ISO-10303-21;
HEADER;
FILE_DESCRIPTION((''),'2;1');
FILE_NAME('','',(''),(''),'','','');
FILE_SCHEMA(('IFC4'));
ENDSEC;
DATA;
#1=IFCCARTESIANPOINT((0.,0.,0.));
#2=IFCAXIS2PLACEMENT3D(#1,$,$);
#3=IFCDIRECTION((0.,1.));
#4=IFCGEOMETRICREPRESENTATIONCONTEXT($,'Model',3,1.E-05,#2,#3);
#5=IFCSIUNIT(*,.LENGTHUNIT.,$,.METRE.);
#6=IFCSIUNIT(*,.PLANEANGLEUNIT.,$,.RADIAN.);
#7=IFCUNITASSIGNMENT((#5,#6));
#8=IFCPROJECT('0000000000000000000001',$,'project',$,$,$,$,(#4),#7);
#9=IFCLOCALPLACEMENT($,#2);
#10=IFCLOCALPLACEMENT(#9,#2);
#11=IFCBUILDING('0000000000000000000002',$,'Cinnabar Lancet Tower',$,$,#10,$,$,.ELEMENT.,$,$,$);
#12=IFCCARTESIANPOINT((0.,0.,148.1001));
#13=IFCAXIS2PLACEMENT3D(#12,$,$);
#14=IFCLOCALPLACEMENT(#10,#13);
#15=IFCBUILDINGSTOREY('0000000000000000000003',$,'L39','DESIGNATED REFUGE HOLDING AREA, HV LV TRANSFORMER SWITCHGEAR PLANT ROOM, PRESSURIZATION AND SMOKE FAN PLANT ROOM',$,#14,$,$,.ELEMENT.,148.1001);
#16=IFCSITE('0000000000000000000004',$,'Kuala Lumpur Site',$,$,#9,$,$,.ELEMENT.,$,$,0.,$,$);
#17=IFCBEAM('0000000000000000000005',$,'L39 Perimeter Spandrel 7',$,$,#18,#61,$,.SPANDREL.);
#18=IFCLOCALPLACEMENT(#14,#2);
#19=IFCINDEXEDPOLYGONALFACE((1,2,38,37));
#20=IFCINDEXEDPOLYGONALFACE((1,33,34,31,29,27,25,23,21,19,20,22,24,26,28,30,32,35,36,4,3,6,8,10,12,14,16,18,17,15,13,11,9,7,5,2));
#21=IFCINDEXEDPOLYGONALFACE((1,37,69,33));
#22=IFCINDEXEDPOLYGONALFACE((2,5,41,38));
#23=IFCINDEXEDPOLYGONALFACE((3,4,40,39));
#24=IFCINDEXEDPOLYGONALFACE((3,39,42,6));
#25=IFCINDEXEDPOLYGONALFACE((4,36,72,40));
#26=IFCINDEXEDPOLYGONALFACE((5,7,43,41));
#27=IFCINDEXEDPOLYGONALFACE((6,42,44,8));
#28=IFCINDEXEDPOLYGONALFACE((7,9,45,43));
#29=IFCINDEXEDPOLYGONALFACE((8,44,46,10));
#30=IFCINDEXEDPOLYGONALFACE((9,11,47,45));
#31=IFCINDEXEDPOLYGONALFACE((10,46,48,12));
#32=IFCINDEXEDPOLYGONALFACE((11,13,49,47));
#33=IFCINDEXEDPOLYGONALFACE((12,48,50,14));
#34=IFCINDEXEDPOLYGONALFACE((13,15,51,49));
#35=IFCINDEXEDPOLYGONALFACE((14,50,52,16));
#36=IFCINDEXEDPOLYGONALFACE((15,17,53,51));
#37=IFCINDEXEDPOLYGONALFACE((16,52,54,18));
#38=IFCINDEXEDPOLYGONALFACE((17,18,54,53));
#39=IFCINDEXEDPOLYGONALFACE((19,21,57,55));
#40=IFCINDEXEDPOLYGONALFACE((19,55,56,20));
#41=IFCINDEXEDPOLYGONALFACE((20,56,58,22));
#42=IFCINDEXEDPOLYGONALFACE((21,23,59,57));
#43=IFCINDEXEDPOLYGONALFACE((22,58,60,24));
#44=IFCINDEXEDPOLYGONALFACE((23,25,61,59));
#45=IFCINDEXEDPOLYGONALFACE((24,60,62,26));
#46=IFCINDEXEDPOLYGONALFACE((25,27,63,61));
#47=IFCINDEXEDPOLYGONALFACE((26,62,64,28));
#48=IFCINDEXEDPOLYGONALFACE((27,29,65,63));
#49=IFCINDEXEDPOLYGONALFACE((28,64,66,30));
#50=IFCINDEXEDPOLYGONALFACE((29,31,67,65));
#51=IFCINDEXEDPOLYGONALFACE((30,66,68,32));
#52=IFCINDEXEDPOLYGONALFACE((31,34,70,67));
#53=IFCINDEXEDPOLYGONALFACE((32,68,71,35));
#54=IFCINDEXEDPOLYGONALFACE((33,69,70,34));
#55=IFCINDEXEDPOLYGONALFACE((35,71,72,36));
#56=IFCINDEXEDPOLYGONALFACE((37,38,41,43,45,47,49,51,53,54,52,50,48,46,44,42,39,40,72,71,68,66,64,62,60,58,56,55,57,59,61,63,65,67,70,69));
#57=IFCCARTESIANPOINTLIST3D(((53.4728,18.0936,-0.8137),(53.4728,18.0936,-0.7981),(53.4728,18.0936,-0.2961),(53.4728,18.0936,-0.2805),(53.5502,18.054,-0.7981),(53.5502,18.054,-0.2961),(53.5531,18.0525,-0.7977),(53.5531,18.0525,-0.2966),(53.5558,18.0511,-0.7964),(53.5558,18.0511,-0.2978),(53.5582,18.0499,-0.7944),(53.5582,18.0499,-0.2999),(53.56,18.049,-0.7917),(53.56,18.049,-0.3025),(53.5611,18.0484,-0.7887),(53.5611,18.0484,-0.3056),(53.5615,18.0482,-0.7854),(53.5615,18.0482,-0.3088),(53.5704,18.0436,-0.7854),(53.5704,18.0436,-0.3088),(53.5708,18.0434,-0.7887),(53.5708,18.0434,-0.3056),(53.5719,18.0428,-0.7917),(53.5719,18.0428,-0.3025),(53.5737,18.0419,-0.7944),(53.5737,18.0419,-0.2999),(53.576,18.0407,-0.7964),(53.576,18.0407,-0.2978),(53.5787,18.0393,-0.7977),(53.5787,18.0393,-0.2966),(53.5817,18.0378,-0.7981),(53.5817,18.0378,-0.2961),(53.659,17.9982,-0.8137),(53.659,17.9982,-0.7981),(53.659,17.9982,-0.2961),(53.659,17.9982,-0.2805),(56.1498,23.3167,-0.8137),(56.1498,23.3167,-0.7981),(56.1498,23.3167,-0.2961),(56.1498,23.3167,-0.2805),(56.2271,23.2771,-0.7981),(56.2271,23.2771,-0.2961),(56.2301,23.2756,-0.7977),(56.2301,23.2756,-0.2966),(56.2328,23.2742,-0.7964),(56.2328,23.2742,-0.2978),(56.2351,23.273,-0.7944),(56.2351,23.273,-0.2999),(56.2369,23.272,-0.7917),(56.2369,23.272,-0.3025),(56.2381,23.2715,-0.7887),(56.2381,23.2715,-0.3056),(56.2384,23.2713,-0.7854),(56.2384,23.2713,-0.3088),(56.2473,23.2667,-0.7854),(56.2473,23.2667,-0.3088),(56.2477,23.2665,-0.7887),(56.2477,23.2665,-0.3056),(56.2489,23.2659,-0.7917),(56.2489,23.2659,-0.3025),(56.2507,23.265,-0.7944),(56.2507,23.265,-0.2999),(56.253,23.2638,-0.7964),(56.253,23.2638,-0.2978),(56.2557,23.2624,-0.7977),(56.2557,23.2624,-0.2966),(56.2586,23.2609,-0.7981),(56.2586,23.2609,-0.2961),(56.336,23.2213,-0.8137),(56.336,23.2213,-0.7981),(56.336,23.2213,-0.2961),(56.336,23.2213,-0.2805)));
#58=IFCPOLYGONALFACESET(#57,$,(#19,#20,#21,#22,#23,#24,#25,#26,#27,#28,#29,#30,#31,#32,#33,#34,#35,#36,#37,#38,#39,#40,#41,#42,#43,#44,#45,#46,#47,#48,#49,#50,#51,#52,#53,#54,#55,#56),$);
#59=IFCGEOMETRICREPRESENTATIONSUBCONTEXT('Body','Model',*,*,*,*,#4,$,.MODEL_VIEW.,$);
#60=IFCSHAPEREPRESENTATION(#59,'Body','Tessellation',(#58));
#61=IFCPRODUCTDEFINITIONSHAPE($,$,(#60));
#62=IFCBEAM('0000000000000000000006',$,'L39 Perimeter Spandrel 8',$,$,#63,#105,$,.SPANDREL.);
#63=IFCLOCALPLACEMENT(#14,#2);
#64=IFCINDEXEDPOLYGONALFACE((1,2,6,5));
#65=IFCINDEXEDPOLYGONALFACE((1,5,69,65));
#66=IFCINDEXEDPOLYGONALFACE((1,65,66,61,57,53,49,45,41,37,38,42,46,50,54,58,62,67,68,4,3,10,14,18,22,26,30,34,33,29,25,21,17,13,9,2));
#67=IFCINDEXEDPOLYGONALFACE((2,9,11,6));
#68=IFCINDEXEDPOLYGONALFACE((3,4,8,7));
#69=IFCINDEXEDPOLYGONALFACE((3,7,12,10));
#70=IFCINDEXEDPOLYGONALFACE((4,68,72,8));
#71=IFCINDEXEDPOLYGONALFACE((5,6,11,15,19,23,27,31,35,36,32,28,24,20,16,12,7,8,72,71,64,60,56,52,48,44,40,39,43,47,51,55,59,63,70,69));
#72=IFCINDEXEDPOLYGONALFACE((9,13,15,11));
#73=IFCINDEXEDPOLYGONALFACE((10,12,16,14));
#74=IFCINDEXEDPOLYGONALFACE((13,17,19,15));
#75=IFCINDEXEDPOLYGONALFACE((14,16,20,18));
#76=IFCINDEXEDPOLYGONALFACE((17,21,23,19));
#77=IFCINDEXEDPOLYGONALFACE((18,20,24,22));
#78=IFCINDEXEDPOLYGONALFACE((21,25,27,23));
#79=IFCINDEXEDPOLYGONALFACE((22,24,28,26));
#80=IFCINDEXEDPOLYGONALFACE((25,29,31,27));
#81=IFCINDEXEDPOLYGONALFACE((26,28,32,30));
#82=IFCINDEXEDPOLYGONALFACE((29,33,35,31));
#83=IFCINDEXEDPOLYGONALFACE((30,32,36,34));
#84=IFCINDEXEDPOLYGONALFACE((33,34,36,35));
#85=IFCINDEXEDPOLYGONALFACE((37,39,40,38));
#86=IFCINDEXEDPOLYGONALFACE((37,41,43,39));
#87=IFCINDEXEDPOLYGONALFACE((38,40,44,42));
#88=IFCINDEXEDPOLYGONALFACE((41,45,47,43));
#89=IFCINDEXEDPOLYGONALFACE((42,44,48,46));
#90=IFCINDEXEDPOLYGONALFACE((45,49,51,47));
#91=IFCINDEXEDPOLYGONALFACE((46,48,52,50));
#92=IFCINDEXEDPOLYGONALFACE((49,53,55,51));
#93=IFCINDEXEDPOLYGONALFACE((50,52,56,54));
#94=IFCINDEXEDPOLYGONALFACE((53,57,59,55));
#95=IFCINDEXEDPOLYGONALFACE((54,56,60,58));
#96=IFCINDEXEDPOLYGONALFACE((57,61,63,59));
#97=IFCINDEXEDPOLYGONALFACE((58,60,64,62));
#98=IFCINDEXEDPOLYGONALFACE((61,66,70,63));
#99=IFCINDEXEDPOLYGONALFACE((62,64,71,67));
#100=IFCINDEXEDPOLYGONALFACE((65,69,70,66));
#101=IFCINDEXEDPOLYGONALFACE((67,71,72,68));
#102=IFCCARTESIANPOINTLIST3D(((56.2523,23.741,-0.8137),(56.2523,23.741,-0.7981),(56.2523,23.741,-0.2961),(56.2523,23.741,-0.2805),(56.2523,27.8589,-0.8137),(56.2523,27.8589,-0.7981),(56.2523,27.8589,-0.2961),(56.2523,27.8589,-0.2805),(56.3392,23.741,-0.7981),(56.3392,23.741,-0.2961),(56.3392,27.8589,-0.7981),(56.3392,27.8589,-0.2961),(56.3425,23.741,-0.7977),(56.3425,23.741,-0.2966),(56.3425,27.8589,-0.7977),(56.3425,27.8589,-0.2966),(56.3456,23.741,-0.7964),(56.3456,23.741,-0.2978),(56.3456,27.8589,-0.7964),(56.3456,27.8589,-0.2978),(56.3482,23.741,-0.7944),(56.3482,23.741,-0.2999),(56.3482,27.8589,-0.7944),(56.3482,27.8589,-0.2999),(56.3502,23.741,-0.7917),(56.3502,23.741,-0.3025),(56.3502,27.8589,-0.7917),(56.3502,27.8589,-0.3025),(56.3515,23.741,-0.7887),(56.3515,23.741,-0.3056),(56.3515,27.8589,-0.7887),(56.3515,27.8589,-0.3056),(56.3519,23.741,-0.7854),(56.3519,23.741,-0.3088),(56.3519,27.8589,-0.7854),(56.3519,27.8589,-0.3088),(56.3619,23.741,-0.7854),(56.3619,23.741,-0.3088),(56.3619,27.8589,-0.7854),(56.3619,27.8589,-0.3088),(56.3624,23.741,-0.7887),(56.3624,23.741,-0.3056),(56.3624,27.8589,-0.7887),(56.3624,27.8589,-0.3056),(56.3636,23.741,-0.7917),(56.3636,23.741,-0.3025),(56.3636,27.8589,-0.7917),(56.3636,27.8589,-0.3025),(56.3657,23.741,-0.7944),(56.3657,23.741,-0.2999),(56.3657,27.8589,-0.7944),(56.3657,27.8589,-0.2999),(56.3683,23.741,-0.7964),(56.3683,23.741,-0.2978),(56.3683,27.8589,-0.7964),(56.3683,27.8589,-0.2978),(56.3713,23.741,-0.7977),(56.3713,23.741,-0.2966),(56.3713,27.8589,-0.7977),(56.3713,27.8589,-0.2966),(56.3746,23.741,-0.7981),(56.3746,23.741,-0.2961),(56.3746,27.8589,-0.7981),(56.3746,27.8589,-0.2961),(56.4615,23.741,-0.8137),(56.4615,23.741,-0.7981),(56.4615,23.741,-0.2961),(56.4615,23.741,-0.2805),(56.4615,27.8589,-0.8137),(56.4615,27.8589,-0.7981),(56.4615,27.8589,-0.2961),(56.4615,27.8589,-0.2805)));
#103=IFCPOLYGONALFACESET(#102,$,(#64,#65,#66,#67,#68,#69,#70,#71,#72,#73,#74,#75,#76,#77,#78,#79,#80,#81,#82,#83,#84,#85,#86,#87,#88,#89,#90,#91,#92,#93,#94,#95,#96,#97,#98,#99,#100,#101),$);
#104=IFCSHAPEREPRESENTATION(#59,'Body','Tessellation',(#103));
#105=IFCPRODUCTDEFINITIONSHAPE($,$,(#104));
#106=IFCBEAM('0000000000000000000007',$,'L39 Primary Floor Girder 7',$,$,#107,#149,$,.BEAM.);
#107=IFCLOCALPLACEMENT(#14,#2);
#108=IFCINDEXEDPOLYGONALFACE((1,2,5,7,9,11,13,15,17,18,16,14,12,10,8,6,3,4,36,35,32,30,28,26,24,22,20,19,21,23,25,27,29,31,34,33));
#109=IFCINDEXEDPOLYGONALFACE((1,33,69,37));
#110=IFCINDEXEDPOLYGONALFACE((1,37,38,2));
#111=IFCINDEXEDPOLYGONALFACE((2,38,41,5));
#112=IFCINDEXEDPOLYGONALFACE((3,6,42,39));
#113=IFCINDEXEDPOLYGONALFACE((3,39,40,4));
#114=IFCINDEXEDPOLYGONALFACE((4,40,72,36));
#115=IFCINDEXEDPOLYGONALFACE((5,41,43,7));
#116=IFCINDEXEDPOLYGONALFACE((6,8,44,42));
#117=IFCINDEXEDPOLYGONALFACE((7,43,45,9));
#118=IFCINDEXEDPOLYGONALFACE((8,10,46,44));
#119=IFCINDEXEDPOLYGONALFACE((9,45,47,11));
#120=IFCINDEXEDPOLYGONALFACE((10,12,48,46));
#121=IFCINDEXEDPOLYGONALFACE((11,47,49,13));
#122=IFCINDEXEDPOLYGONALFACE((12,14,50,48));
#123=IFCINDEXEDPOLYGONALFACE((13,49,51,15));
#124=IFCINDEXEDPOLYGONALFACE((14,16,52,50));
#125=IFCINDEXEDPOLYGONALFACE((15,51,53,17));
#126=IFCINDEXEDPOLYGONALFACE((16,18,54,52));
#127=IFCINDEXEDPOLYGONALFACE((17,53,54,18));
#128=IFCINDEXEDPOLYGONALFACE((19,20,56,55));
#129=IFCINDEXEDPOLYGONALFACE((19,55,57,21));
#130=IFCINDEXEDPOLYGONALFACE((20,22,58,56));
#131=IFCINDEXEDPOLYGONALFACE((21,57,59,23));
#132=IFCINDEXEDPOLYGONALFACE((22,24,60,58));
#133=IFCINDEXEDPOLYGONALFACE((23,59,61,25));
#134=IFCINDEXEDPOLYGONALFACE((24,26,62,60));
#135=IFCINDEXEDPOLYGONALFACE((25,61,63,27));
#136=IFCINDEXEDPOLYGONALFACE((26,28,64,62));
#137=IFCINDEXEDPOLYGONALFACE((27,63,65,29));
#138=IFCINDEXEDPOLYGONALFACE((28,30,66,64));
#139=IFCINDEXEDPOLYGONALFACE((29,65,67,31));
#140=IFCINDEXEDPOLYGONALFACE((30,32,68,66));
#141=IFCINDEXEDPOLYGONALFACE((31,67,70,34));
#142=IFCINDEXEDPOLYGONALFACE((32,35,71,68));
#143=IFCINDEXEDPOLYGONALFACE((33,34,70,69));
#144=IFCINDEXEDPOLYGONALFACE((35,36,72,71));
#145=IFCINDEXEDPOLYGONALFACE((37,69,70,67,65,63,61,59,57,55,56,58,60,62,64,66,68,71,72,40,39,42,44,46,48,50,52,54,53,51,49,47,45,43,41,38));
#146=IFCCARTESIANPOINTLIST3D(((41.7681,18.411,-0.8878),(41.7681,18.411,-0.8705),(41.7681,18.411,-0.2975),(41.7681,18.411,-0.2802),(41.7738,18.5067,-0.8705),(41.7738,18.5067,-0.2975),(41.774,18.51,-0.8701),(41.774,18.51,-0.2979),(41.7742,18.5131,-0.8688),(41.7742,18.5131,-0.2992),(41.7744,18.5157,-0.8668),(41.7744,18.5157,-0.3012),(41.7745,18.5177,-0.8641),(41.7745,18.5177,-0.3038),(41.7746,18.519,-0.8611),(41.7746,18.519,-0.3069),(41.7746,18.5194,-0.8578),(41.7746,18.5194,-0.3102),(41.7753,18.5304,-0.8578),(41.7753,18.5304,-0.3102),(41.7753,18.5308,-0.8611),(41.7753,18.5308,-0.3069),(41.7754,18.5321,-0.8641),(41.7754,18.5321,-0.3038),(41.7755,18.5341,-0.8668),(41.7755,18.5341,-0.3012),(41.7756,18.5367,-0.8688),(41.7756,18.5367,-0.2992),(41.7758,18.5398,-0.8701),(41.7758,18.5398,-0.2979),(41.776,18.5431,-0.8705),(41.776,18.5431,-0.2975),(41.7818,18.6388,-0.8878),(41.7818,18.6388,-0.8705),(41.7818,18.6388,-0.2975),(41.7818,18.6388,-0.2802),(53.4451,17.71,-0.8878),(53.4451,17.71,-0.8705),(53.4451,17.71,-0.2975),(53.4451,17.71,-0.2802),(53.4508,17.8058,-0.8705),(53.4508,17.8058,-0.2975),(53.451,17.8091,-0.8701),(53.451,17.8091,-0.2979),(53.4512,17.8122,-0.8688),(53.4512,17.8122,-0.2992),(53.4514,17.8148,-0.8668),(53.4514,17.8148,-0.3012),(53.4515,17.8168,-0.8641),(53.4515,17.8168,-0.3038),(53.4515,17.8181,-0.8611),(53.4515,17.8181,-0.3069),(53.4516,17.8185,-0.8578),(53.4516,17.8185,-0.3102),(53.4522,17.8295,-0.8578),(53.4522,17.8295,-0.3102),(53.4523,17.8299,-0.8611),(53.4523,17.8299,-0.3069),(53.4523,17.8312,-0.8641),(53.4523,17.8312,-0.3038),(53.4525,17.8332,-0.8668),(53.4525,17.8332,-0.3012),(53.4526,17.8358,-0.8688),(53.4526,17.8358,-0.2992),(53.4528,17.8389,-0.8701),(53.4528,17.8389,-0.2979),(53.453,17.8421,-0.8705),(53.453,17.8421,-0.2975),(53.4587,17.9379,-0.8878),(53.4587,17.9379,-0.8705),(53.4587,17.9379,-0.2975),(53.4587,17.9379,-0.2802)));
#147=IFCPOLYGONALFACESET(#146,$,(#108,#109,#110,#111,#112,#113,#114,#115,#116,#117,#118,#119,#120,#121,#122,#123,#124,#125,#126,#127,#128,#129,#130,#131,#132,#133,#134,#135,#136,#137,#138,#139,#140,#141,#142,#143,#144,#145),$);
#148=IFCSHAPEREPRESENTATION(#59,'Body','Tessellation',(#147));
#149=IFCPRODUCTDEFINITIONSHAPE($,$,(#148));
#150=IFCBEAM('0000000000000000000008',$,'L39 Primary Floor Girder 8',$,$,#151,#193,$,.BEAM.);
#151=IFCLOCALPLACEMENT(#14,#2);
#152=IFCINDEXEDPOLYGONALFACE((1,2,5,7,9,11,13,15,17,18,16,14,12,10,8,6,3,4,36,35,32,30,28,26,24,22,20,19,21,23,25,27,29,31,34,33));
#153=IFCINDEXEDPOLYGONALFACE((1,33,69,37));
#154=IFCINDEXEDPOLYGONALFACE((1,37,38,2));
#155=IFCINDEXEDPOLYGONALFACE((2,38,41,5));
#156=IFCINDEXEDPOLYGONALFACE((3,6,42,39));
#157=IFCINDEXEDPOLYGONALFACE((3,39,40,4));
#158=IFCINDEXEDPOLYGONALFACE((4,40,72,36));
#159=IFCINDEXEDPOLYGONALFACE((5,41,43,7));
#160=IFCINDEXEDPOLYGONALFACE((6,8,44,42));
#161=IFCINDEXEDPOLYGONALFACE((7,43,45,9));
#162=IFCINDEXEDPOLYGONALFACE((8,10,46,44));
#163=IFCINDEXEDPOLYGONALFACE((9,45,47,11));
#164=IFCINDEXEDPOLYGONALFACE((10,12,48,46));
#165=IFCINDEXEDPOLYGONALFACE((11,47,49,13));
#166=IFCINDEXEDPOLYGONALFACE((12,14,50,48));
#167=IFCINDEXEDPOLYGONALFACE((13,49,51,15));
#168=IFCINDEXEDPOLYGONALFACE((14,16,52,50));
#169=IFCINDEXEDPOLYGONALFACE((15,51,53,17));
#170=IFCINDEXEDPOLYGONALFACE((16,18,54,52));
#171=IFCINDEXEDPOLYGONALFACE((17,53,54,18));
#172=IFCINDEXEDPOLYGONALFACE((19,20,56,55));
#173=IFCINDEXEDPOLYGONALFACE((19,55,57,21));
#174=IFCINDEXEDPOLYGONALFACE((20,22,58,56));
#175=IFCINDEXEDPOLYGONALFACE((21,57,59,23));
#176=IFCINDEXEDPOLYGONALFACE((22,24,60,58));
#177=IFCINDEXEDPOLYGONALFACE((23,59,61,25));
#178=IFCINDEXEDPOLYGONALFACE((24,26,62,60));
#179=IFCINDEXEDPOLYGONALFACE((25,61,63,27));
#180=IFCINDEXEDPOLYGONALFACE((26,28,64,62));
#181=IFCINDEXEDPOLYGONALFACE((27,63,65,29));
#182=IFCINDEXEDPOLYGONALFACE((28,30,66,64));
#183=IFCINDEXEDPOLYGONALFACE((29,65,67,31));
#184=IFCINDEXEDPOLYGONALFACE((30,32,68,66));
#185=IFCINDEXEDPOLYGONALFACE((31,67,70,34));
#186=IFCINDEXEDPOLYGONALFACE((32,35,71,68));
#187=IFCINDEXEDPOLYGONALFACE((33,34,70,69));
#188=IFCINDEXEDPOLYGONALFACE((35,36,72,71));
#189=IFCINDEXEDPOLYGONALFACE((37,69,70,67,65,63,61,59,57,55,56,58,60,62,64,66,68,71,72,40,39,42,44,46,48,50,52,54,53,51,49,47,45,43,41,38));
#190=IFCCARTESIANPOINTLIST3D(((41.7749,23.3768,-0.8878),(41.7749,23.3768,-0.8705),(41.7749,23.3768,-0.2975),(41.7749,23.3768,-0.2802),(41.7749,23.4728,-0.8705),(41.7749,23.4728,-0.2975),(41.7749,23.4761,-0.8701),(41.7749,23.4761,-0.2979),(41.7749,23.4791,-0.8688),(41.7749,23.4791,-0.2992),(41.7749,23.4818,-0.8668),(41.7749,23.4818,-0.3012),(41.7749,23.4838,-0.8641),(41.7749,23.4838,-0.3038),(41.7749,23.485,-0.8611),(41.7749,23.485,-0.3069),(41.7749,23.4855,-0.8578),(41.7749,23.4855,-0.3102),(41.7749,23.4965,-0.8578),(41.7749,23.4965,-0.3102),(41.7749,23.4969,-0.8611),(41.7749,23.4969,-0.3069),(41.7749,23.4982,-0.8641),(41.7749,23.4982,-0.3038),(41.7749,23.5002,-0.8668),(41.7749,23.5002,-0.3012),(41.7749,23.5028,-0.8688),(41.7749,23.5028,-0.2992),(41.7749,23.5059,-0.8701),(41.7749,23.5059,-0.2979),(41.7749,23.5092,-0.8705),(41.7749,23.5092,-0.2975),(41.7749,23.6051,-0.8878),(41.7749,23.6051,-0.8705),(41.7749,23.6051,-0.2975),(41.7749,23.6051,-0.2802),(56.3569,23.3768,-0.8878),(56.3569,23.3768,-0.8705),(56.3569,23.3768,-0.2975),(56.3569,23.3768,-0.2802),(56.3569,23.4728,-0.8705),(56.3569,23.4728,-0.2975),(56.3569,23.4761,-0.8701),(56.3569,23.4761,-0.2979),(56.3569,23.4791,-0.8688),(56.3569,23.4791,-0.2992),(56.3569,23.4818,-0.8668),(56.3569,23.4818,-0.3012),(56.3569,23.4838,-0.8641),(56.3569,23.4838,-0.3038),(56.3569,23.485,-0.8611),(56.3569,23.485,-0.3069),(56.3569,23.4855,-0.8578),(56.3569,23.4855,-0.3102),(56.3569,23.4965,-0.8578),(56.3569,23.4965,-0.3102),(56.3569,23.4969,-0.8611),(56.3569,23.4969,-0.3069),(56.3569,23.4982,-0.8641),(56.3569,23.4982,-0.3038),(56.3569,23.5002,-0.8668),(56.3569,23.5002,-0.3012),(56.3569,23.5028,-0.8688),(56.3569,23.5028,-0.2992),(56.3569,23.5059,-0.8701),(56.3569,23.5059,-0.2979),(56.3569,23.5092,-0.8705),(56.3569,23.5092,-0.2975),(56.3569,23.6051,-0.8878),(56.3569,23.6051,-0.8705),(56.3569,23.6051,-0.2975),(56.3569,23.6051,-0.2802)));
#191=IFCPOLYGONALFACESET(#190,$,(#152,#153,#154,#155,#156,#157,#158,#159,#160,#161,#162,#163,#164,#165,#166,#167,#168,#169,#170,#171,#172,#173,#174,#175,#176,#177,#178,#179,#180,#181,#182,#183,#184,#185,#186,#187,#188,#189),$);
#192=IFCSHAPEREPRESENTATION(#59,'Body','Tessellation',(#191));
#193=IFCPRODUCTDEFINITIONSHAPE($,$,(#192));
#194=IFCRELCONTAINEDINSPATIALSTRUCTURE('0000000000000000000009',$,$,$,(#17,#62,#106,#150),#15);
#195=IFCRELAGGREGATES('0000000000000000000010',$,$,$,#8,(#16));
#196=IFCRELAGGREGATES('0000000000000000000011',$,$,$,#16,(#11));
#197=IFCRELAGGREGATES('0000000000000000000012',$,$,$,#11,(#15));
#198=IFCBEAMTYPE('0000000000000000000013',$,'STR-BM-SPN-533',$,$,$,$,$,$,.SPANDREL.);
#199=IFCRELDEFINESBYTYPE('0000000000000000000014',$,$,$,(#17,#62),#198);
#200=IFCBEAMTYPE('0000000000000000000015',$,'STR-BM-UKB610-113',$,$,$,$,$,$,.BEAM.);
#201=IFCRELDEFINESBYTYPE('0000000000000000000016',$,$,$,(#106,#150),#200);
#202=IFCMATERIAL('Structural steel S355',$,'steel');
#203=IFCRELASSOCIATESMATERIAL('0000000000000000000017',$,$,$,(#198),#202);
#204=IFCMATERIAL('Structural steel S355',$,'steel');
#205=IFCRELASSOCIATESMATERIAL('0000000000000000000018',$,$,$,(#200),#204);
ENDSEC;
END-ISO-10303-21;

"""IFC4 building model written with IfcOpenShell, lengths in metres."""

from ifc_helpers import new_model, si_unit, direction, frame, origin, origin_2d, place, context, subcontext, project, spatial, i_section, extrude, material, material_profile, profile_set, type_object, element, save


model = new_model("IFC4")

# Units and contexts
model_context = context("Model", 3, precision=1e-05, world=origin(), true_north=direction((0.0, 1.0)))
body_context = subcontext(model_context, "Body", "Model", "MODEL_VIEW")
ifc_project = project(units=[si_unit("LENGTHUNIT", "METRE"), si_unit("PLANEANGLEUNIT", "RADIAN")], contexts=[model_context])

# Site, building, storey
site_placement = place(None, origin())
site = spatial("IfcSite", under=ifc_project, at=site_placement, Name="Kuala Lumpur Site", CompositionType="ELEMENT", RefElevation=0.0)
building_placement = place(site_placement, origin())
building = spatial("IfcBuilding", under=site, at=building_placement, Name="Cinnabar Lancet Tower", CompositionType="ELEMENT")
storey_placement = place(building_placement, frame((0.0, 0.0, 148.1001)))
storey = spatial("IfcBuildingStorey", under=building, at=storey_placement, Name="L39", Description="DESIGNATED REFUGE HOLDING AREA, HV LV TRANSFORMER SWITCHGEAR PLANT ROOM, PRESSURIZATION AND SMOKE FAN PLANT ROOM", CompositionType="ELEMENT", Elevation=148.1001)

# Beams
ifc_material_1 = material(Name="Structural steel S355", Category="steel")
ifc_material_profile_1 = material_profile(ifc_material_1, i_section(OverallWidth=0.2092, OverallDepth=0.5332, WebThickness=0.01, FlangeThickness=0.0156, FilletRadius=0.0127, at=origin_2d()), Name="UKB 533x210x92")
ifc_profile_set_1 = profile_set([ifc_material_profile_1], Name="Structural steel S355")
beam_type_1 = type_object("IfcBeamType", Name="STR-BM-SPN-533", PredefinedType="SPANDREL", material=ifc_profile_set_1)
beam_1_placement = place(storey_placement, frame((53.5659, 18.0459, -0.5471), z_axis=(0.45611, 0.889924, 0.0), x_axis=(-0.889924, 0.45611, 0.0)))
element("IfcBeam", 1, at=beam_1_placement, inside=storey, type_object=beam_type_1, Name="L39 Perimeter Spandrel 7", PredefinedType="SPANDREL", context=body_context, shape_type="SweptSolid", body=[
    extrude(i_section(OverallWidth=0.2092, OverallDepth=0.5332, WebThickness=0.01, FlangeThickness=0.0156, FilletRadius=0.0127, at=origin_2d()), origin(), (0.0, 0.0, 1.0), 5.8691),
])
beam_2_placement = place(storey_placement, frame((56.3569, 23.741, -0.5471), z_axis=(0.0, 1.0, 0.0), x_axis=(-1.0, 0.0, 0.0)))
element("IfcBeam", 2, at=beam_2_placement, inside=storey, type_object=beam_type_1, Name="L39 Perimeter Spandrel 8", PredefinedType="SPANDREL", context=body_context, shape_type="SweptSolid", body=[
    extrude(i_section(OverallWidth=0.2092, OverallDepth=0.5332, WebThickness=0.01, FlangeThickness=0.0156, FilletRadius=0.0127, at=origin_2d()), origin(), (0.0, 0.0, 1.0), 4.1179),
])
ifc_material_2 = material(Name="Structural steel S355", Category="steel")
ifc_material_profile_2 = material_profile(ifc_material_2, i_section(OverallWidth=0.2283, OverallDepth=0.6077, WebThickness=0.011, FlangeThickness=0.0173, FilletRadius=0.0127, at=origin_2d()), Name="UKB 610x229x113")
ifc_profile_set_2 = profile_set([ifc_material_profile_2], Name="Structural steel S355")
beam_type_2 = type_object("IfcBeamType", Name="STR-BM-UKB610-113", PredefinedType="BEAM", material=ifc_profile_set_2)
beam_3_placement = place(storey_placement, frame((53.4519, 17.824, -0.584), z_axis=(-0.998203, 0.059918, 0.0), x_axis=(-0.059918, -0.998203, 0.0)))
element("IfcBeam", 3, at=beam_3_placement, inside=storey, type_object=beam_type_2, Name="L39 Primary Floor Girder 7", PredefinedType="BEAM", context=body_context, shape_type="SweptSolid", body=[
    extrude(i_section(OverallWidth=0.2283, OverallDepth=0.6077, WebThickness=0.011, FlangeThickness=0.0173, FilletRadius=0.0127, at=origin_2d()), origin(), (0.0, 0.0, 1.0), 11.698),
])
beam_4_placement = place(storey_placement, frame((56.3569, 23.491, -0.584), z_axis=(-1.0, 0.0, 0.0), x_axis=(0.0, -1.0, 0.0)))
element("IfcBeam", 4, at=beam_4_placement, inside=storey, type_object=beam_type_2, Name="L39 Primary Floor Girder 8", PredefinedType="BEAM", context=body_context, shape_type="SweptSolid", body=[
    extrude(i_section(OverallWidth=0.2283, OverallDepth=0.6077, WebThickness=0.011, FlangeThickness=0.0173, FilletRadius=0.0127, at=origin_2d()), origin(), (0.0, 0.0, 1.0), 14.582),
])

save(model, "model.ifc")
